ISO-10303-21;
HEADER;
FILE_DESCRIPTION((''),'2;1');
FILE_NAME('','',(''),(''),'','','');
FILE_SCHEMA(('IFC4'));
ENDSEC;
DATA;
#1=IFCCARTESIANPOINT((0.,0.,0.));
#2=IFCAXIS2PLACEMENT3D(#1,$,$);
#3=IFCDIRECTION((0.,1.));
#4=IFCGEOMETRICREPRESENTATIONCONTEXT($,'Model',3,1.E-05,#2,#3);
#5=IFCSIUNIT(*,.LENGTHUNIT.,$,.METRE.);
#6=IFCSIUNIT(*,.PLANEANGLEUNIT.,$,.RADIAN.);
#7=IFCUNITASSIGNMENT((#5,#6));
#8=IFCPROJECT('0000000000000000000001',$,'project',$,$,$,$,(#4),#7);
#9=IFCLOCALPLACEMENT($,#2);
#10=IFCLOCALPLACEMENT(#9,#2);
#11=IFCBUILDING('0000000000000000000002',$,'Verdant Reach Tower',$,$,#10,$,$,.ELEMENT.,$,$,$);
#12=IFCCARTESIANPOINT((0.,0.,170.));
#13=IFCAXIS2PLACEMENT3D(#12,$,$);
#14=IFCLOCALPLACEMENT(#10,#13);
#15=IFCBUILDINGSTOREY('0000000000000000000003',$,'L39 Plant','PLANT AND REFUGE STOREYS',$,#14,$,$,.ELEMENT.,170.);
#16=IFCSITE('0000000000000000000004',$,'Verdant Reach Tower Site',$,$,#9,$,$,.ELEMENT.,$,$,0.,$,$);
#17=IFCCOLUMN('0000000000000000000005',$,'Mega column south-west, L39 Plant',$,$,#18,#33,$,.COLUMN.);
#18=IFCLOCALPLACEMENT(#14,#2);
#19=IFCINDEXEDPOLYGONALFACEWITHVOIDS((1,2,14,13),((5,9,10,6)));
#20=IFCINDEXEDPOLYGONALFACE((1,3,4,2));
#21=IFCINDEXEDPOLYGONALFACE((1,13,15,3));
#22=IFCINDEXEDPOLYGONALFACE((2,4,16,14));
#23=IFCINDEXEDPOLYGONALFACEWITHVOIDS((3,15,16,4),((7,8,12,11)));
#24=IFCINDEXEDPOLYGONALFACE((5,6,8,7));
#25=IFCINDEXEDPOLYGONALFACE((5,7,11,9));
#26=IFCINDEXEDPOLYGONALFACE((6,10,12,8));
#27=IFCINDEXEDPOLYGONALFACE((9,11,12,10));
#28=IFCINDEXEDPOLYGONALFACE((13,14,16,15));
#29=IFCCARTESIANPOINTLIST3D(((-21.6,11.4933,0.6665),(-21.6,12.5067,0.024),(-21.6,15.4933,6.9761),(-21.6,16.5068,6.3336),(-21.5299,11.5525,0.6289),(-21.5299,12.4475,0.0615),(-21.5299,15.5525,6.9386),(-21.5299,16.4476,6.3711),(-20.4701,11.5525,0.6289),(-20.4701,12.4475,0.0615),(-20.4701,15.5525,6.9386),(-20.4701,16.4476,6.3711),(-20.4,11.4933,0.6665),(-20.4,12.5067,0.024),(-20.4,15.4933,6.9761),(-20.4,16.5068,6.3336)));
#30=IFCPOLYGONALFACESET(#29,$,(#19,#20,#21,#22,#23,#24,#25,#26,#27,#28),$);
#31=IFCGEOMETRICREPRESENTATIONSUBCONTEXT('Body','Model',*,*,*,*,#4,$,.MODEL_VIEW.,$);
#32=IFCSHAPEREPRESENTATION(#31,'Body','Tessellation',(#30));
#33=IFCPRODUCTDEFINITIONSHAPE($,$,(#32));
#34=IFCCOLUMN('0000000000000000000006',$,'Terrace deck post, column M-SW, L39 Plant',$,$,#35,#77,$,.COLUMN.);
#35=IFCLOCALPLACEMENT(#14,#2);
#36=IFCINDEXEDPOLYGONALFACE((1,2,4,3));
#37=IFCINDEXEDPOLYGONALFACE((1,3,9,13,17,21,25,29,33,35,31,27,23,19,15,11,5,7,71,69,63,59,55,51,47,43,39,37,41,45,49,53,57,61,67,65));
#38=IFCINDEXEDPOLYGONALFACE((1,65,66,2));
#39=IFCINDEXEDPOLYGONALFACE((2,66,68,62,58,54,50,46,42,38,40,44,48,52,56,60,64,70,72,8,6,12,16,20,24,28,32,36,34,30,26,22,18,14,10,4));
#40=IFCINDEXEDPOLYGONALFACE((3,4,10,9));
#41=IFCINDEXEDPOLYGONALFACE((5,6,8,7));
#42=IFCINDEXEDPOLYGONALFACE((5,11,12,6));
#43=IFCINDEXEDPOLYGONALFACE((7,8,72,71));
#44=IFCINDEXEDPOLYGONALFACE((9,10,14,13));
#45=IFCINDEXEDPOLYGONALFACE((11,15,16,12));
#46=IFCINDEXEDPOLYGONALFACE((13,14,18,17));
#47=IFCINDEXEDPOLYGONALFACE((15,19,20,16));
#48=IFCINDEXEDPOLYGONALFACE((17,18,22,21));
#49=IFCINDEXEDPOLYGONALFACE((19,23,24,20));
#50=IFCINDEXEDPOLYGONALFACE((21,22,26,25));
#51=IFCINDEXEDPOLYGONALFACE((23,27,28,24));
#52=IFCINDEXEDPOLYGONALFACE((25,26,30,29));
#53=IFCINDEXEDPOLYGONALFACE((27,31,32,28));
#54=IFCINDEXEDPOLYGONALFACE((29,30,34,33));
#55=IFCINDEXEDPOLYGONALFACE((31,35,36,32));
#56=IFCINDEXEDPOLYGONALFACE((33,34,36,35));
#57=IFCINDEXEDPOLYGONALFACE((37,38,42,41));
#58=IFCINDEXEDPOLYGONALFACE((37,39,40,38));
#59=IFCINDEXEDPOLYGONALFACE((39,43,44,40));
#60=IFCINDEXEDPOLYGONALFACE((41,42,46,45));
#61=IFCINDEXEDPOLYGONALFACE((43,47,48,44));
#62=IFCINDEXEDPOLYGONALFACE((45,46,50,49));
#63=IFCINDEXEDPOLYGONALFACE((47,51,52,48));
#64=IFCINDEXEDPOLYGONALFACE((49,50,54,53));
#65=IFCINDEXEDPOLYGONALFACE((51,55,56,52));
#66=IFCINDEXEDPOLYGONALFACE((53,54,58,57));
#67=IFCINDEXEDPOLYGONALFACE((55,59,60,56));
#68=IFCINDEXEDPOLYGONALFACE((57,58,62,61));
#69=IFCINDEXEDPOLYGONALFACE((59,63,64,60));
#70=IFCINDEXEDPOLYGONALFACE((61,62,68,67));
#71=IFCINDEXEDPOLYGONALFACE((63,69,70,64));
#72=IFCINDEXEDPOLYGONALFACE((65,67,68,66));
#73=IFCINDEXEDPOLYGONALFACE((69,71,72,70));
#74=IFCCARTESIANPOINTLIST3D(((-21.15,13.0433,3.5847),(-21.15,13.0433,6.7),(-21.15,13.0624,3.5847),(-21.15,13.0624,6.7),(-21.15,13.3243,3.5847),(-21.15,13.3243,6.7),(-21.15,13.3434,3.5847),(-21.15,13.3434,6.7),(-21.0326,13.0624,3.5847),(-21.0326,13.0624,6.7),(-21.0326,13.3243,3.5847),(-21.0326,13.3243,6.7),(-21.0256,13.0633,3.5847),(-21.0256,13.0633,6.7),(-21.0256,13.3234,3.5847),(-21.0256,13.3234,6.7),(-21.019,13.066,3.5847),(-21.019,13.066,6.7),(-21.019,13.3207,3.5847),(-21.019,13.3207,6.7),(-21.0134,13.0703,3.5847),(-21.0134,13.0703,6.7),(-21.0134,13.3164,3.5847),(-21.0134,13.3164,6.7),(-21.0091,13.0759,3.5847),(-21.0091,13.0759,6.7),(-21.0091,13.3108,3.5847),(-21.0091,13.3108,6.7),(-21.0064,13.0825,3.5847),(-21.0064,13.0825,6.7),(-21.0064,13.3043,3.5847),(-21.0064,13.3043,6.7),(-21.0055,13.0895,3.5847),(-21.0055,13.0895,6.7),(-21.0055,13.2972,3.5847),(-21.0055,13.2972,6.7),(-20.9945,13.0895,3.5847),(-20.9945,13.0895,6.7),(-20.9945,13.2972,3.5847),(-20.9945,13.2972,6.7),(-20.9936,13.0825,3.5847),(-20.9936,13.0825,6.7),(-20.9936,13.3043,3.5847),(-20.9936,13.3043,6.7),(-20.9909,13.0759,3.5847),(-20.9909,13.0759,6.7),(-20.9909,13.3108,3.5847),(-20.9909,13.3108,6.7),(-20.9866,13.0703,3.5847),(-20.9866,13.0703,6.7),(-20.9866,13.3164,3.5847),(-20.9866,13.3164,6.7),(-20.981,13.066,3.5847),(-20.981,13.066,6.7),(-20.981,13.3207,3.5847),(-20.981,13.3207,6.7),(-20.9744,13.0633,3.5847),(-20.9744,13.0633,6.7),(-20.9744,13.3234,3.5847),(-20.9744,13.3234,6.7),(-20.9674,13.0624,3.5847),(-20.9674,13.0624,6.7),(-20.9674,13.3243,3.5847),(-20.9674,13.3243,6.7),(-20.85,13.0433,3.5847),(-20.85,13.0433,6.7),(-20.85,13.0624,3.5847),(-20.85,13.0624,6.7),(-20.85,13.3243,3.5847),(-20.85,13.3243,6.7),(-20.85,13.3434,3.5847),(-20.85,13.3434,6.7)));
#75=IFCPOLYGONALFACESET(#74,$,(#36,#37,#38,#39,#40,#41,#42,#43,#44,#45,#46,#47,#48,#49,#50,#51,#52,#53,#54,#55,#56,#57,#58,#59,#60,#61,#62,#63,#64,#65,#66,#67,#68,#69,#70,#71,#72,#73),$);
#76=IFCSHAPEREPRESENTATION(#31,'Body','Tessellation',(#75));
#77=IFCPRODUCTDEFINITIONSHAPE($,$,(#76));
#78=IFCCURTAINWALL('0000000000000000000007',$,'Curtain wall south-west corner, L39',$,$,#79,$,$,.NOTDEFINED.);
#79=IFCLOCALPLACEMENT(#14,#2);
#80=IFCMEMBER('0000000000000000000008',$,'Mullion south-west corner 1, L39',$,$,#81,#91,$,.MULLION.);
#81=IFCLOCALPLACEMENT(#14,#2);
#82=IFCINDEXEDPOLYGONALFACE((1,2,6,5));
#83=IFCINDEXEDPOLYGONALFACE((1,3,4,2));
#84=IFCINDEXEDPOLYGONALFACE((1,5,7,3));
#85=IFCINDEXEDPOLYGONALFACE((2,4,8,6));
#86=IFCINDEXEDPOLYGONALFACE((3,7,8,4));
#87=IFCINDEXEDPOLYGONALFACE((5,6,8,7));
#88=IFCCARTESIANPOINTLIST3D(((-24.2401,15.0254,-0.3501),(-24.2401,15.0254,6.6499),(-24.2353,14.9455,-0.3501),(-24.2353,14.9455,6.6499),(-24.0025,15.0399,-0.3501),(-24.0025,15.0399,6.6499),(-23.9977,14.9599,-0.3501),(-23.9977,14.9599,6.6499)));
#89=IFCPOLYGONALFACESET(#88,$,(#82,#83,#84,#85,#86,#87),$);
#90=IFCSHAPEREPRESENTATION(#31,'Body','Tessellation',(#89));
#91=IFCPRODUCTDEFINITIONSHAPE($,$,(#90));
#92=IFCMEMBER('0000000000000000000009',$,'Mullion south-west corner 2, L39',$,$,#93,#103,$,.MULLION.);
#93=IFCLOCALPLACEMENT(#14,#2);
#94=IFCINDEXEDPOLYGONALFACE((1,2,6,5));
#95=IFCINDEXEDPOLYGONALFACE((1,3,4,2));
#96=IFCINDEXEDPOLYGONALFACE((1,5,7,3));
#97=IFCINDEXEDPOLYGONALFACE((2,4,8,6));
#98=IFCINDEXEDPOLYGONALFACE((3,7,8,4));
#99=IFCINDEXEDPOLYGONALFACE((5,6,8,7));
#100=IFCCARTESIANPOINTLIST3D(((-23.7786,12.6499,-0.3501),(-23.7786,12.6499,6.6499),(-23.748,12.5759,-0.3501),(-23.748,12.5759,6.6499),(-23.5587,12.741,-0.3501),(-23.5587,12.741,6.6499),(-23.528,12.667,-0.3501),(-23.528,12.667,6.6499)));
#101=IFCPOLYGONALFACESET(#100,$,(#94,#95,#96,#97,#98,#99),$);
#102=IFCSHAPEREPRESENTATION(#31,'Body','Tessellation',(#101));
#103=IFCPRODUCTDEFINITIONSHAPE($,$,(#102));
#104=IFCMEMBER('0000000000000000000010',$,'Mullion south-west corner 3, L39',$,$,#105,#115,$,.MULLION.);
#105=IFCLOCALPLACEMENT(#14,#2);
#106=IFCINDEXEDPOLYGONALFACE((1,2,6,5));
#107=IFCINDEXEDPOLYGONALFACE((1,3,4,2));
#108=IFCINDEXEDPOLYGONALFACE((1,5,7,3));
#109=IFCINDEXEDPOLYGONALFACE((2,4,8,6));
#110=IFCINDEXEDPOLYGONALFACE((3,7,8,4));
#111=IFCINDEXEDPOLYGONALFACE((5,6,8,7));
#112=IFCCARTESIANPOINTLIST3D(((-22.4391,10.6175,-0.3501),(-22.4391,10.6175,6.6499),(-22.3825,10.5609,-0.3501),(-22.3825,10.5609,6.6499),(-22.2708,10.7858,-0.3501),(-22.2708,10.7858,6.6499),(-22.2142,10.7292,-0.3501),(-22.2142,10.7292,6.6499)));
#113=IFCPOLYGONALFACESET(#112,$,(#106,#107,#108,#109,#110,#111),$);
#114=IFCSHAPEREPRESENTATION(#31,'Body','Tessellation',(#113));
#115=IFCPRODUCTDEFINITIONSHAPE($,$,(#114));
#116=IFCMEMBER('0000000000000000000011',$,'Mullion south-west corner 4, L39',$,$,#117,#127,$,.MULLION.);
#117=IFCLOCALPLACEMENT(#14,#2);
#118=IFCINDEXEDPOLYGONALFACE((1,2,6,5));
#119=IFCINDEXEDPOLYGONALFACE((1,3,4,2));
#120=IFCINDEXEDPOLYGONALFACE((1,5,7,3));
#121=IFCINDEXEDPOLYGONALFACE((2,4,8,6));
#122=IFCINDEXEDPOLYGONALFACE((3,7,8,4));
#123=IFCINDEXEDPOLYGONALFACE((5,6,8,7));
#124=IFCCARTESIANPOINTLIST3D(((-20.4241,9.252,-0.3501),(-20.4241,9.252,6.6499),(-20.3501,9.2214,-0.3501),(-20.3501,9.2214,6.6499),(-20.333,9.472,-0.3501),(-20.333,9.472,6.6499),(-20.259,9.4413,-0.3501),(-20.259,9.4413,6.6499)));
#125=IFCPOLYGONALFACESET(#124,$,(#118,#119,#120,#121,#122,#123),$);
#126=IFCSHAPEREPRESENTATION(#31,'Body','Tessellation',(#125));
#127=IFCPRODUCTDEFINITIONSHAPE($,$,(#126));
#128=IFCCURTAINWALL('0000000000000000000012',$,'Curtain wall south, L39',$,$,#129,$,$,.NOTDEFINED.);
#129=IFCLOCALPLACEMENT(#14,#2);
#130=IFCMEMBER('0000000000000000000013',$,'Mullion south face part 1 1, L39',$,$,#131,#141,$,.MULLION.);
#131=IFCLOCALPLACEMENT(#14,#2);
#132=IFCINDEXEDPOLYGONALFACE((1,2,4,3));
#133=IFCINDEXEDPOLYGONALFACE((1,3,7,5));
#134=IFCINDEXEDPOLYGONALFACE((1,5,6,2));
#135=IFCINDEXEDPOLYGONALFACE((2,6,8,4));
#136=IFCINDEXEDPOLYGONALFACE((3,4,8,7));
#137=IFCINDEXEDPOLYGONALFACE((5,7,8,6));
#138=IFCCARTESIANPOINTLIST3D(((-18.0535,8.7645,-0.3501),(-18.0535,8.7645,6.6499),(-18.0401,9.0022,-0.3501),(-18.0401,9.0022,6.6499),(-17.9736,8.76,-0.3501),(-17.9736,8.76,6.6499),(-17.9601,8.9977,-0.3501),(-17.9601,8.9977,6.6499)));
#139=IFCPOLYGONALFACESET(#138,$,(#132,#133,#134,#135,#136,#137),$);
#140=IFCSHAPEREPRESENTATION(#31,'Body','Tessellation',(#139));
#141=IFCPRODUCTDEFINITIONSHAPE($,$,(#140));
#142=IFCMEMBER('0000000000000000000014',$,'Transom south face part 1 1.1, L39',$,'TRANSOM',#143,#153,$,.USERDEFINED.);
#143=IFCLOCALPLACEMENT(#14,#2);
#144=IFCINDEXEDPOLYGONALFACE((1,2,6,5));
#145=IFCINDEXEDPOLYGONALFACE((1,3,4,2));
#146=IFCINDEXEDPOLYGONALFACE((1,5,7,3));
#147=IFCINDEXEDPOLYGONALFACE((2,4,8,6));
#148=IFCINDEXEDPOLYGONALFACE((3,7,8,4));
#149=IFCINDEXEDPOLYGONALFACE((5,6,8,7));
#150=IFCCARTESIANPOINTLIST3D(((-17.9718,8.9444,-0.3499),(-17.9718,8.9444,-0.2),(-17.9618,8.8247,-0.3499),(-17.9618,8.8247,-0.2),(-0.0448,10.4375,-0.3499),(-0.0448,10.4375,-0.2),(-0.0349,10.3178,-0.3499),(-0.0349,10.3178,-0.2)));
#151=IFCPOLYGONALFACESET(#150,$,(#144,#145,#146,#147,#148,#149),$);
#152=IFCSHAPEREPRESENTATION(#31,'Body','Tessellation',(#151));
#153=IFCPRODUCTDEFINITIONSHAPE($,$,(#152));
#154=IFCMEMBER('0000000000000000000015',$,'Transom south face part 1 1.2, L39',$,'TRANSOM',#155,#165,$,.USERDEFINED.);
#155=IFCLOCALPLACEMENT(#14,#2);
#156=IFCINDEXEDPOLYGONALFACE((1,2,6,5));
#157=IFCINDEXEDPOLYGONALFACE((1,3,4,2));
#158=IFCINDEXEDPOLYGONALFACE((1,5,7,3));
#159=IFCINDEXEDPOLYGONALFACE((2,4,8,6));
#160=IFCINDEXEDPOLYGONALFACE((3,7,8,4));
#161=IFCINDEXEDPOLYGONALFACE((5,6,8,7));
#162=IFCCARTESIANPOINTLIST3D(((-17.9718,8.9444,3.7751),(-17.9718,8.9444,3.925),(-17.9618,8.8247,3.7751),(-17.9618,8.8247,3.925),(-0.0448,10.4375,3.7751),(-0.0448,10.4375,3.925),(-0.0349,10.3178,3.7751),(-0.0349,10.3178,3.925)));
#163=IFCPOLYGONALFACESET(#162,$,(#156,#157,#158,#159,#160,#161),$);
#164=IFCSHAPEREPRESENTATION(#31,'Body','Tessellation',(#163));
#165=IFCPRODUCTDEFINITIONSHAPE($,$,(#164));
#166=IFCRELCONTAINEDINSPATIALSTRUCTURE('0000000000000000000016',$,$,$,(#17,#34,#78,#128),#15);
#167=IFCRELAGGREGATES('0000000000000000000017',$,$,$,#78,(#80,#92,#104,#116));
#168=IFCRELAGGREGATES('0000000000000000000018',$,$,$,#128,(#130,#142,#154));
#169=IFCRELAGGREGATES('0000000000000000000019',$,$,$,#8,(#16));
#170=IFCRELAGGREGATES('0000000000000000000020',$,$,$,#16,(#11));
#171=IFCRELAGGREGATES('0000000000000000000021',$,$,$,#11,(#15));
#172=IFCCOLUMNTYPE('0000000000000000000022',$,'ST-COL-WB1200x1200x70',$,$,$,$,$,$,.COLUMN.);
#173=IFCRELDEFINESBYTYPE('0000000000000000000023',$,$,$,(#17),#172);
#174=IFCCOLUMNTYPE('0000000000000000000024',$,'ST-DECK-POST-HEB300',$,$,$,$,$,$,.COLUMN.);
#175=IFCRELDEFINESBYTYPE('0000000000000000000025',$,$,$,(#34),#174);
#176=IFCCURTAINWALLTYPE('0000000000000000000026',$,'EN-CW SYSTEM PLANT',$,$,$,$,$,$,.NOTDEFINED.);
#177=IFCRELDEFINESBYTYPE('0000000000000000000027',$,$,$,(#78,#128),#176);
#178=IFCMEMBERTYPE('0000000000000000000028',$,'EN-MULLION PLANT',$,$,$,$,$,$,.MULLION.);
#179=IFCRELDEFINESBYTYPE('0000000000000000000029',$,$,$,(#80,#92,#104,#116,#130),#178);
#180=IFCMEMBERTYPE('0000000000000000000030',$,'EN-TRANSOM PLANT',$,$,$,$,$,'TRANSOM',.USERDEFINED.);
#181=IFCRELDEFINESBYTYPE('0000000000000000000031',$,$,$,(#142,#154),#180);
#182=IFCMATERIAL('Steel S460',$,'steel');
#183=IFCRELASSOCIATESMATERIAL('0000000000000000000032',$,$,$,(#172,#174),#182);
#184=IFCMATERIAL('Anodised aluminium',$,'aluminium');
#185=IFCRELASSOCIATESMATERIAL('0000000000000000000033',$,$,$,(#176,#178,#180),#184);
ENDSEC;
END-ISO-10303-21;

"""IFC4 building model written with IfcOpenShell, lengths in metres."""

from ifc_helpers import new_model, si_unit, direction, frame, origin, origin_2d, place, context, subcontext, project, spatial, rectangle, hollow_rectangle, i_section, extrude, material, material_profile, profile_set, type_object, element, aggregate, save


model = new_model("IFC4")

# Units and contexts
model_context = context("Model", 3, precision=1e-05, world=origin(), true_north=direction((0.0, 1.0)))
body_context = subcontext(model_context, "Body", "Model", "MODEL_VIEW")
ifc_project = project(units=[si_unit("LENGTHUNIT", "METRE"), si_unit("PLANEANGLEUNIT", "RADIAN")], contexts=[model_context])

# Site, building, storey
site_placement = place(None, origin())
site = spatial("IfcSite", under=ifc_project, at=site_placement, Name="Verdant Reach Tower Site", CompositionType="ELEMENT", RefElevation=0.0)
building_placement = place(site_placement, origin())
building = spatial("IfcBuilding", under=site, at=building_placement, Name="Verdant Reach Tower", CompositionType="ELEMENT")
storey_placement = place(building_placement, frame((0.0, 0.0, 170.0)))
storey = spatial("IfcBuildingStorey", under=building, at=storey_placement, Name="L39 Plant", Description="PLANT AND REFUGE STOREYS", CompositionType="ELEMENT", Elevation=170.0)

# Columns
ifc_material_1 = material(Name="Steel S460", Category="steel")
ifc_material_profile_1 = material_profile(ifc_material_1, hollow_rectangle(XDim=1.2, YDim=1.2, WallThickness=0.0701, at=origin_2d()), Name="WB 1200x1200x70")
ifc_profile_set_1 = profile_set([ifc_material_profile_1], Name="Steel S460")
column_type_1 = type_object("IfcColumnType", Name="ST-COL-WB1200x1200x70", PredefinedType="COLUMN", material=ifc_profile_set_1)
column_1_placement = place(storey_placement, frame((-21.0, 12.0, 0.3452), z_axis=(0.0, 0.535428, 0.844581), x_axis=(-1.0, 0.0, 0.0)))
element("IfcColumn", 1, at=column_1_placement, inside=storey, type_object=column_type_1, Name="Mega column south-west, L39 Plant", PredefinedType="COLUMN", context=body_context, shape_type="SweptSolid", body=[
    extrude(hollow_rectangle(XDim=1.2, YDim=1.2, WallThickness=0.0701, at=origin_2d()), origin(), (0.0, 0.0, 1.0), 7.4707),
])
ifc_material_profile_2 = material_profile(ifc_material_1, i_section(OverallWidth=0.3, OverallDepth=0.3, WebThickness=0.011, FlangeThickness=0.019, FilletRadius=0.0271, at=origin_2d()), Name="HEB 300")
ifc_profile_set_2 = profile_set([ifc_material_profile_2], Name="Steel S460")
column_type_2 = type_object("IfcColumnType", Name="ST-DECK-POST-HEB300", PredefinedType="COLUMN", material=ifc_profile_set_2)
column_2_placement = place(storey_placement, frame((-21.0, 13.1934, 3.5847), z_axis=(0.0, 0.0, 1.0), x_axis=(1.0, 0.0, 0.0)))
element("IfcColumn", 2, at=column_2_placement, inside=storey, type_object=column_type_2, Name="Terrace deck post, column M-SW, L39 Plant", PredefinedType="COLUMN", context=body_context, shape_type="SweptSolid", body=[
    extrude(i_section(OverallWidth=0.3, OverallDepth=0.3, WebThickness=0.011, FlangeThickness=0.019, FilletRadius=0.0271, at=origin_2d()), origin(), (0.0, 0.0, 1.0), 3.1152),
])

# Curtain walls, members
ifc_material_2 = material(Name="Anodised aluminium", Category="aluminium")
curtain_wall_type = type_object("IfcCurtainWallType", Name="EN-CW SYSTEM PLANT", PredefinedType="NOTDEFINED", material=ifc_material_2)
curtain_wall_1_placement = place(storey_placement, origin())
curtain_wall_1 = element("IfcCurtainWall", 3, at=curtain_wall_1_placement, inside=storey, type_object=curtain_wall_type, Name="Curtain wall south-west corner, L39", PredefinedType="NOTDEFINED")
ifc_material_profile_3 = material_profile(ifc_material_2, rectangle(XDim=0.238, YDim=0.0801, at=origin_2d()), Name="Mullion 80x240")
ifc_profile_set_3 = profile_set([ifc_material_profile_3], Name="Anodised aluminium")
member_type_1 = type_object("IfcMemberType", Name="EN-MULLION PLANT", PredefinedType="MULLION", material=ifc_profile_set_3)
member_1_placement = place(storey_placement, frame((-24.1189, 14.9927, -0.3501), z_axis=(0.0, 0.0, 1.0), x_axis=(-0.998156, -0.060703, 0.0)))
member_1 = element("IfcMember", 4, at=member_1_placement, type_object=member_type_1, Name="Mullion south-west corner 1, L39", PredefinedType="MULLION", context=body_context, shape_type="SweptSolid", body=[
    extrude(rectangle(XDim=0.238, YDim=0.0801, at=origin_2d()), origin(), (0.0, 0.0, 1.0), 7.0),
])
member_2_placement = place(storey_placement, frame((-23.6533, 12.6584, -0.3501), z_axis=(0.0, 0.0, 1.0), x_axis=(-0.923875, -0.382694, 0.0)))
member_2 = element("IfcMember", 5, at=member_2_placement, type_object=member_type_1, Name="Mullion south-west corner 2, L39", PredefinedType="MULLION", context=body_context, shape_type="SweptSolid", body=[
    extrude(rectangle(XDim=0.238, YDim=0.0801, at=origin_2d()), origin(), (0.0, 0.0, 1.0), 7.0),
])
member_3_placement = place(storey_placement, frame((-22.3267, 10.6733, -0.3501), z_axis=(0.0, 0.0, 1.0), x_axis=(-0.707107, -0.707107, 0.0)))
member_3 = element("IfcMember", 6, at=member_3_placement, type_object=member_type_1, Name="Mullion south-west corner 3, L39", PredefinedType="MULLION", context=body_context, shape_type="SweptSolid", body=[
    extrude(rectangle(XDim=0.238, YDim=0.0801, at=origin_2d()), origin(), (0.0, 0.0, 1.0), 7.0),
])
member_4_placement = place(storey_placement, frame((-20.3416, 9.3467, -0.3501), z_axis=(0.0, 0.0, 1.0), x_axis=(-0.382694, -0.923875, 0.0)))
member_4 = element("IfcMember", 7, at=member_4_placement, type_object=member_type_1, Name="Mullion south-west corner 4, L39", PredefinedType="MULLION", context=body_context, shape_type="SweptSolid", body=[
    extrude(rectangle(XDim=0.238, YDim=0.0801, at=origin_2d()), origin(), (0.0, 0.0, 1.0), 7.0),
])
curtain_wall_2_placement = place(storey_placement, origin())
curtain_wall_2 = element("IfcCurtainWall", 8, at=curtain_wall_2_placement, inside=storey, type_object=curtain_wall_type, Name="Curtain wall south, L39", PredefinedType="NOTDEFINED")
member_5_placement = place(storey_placement, frame((-18.0068, 8.8811, -0.3501), z_axis=(0.0, 0.0, 1.0), x_axis=(-0.056569, -0.998399, 0.0)))
member_5 = element("IfcMember", 9, at=member_5_placement, type_object=member_type_1, Name="Mullion south face part 1 1, L39", PredefinedType="MULLION", context=body_context, shape_type="SweptSolid", body=[
    extrude(rectangle(XDim=0.238, YDim=0.0801, at=origin_2d()), origin(), (0.0, 0.0, 1.0), 7.0),
])
ifc_material_profile_4 = material_profile(ifc_material_2, rectangle(XDim=0.1201, YDim=0.1499, at=origin_2d()), Name="Transom 150x120")
ifc_profile_set_4 = profile_set([ifc_material_profile_4], Name="Anodised aluminium")
member_type_2 = type_object("IfcMemberType", Name="EN-TRANSOM PLANT", ElementType="TRANSOM", PredefinedType="USERDEFINED", material=ifc_profile_set_4)
member_6_placement = place(storey_placement, frame((-17.9668, 8.8845, -0.2749), z_axis=(0.996549, 0.083004, 0.0), x_axis=(-0.083004, 0.996549, 0.0)))
member_6 = element("IfcMember", 10, at=member_6_placement, type_object=member_type_2, Name="Transom south face part 1 1.1, L39", ObjectType="TRANSOM", PredefinedType="USERDEFINED", context=body_context, shape_type="SweptSolid", body=[
    extrude(rectangle(XDim=0.1201, YDim=0.1499, at=origin_2d()), origin(), (0.0, 0.0, 1.0), 17.989),
])
member_7_placement = place(storey_placement, frame((-17.9668, 8.8845, 3.8501), z_axis=(0.996549, 0.083004, 0.0), x_axis=(-0.083004, 0.996549, 0.0)))
member_7 = element("IfcMember", 11, at=member_7_placement, type_object=member_type_2, Name="Transom south face part 1 1.2, L39", ObjectType="TRANSOM", PredefinedType="USERDEFINED", context=body_context, shape_type="SweptSolid", body=[
    extrude(rectangle(XDim=0.1201, YDim=0.1499, at=origin_2d()), origin(), (0.0, 0.0, 1.0), 17.989),
])

aggregate(curtain_wall_1, [member_1, member_2, member_3, member_4])
aggregate(curtain_wall_2, [member_5, member_6, member_7])

save(model, "model.ifc")
